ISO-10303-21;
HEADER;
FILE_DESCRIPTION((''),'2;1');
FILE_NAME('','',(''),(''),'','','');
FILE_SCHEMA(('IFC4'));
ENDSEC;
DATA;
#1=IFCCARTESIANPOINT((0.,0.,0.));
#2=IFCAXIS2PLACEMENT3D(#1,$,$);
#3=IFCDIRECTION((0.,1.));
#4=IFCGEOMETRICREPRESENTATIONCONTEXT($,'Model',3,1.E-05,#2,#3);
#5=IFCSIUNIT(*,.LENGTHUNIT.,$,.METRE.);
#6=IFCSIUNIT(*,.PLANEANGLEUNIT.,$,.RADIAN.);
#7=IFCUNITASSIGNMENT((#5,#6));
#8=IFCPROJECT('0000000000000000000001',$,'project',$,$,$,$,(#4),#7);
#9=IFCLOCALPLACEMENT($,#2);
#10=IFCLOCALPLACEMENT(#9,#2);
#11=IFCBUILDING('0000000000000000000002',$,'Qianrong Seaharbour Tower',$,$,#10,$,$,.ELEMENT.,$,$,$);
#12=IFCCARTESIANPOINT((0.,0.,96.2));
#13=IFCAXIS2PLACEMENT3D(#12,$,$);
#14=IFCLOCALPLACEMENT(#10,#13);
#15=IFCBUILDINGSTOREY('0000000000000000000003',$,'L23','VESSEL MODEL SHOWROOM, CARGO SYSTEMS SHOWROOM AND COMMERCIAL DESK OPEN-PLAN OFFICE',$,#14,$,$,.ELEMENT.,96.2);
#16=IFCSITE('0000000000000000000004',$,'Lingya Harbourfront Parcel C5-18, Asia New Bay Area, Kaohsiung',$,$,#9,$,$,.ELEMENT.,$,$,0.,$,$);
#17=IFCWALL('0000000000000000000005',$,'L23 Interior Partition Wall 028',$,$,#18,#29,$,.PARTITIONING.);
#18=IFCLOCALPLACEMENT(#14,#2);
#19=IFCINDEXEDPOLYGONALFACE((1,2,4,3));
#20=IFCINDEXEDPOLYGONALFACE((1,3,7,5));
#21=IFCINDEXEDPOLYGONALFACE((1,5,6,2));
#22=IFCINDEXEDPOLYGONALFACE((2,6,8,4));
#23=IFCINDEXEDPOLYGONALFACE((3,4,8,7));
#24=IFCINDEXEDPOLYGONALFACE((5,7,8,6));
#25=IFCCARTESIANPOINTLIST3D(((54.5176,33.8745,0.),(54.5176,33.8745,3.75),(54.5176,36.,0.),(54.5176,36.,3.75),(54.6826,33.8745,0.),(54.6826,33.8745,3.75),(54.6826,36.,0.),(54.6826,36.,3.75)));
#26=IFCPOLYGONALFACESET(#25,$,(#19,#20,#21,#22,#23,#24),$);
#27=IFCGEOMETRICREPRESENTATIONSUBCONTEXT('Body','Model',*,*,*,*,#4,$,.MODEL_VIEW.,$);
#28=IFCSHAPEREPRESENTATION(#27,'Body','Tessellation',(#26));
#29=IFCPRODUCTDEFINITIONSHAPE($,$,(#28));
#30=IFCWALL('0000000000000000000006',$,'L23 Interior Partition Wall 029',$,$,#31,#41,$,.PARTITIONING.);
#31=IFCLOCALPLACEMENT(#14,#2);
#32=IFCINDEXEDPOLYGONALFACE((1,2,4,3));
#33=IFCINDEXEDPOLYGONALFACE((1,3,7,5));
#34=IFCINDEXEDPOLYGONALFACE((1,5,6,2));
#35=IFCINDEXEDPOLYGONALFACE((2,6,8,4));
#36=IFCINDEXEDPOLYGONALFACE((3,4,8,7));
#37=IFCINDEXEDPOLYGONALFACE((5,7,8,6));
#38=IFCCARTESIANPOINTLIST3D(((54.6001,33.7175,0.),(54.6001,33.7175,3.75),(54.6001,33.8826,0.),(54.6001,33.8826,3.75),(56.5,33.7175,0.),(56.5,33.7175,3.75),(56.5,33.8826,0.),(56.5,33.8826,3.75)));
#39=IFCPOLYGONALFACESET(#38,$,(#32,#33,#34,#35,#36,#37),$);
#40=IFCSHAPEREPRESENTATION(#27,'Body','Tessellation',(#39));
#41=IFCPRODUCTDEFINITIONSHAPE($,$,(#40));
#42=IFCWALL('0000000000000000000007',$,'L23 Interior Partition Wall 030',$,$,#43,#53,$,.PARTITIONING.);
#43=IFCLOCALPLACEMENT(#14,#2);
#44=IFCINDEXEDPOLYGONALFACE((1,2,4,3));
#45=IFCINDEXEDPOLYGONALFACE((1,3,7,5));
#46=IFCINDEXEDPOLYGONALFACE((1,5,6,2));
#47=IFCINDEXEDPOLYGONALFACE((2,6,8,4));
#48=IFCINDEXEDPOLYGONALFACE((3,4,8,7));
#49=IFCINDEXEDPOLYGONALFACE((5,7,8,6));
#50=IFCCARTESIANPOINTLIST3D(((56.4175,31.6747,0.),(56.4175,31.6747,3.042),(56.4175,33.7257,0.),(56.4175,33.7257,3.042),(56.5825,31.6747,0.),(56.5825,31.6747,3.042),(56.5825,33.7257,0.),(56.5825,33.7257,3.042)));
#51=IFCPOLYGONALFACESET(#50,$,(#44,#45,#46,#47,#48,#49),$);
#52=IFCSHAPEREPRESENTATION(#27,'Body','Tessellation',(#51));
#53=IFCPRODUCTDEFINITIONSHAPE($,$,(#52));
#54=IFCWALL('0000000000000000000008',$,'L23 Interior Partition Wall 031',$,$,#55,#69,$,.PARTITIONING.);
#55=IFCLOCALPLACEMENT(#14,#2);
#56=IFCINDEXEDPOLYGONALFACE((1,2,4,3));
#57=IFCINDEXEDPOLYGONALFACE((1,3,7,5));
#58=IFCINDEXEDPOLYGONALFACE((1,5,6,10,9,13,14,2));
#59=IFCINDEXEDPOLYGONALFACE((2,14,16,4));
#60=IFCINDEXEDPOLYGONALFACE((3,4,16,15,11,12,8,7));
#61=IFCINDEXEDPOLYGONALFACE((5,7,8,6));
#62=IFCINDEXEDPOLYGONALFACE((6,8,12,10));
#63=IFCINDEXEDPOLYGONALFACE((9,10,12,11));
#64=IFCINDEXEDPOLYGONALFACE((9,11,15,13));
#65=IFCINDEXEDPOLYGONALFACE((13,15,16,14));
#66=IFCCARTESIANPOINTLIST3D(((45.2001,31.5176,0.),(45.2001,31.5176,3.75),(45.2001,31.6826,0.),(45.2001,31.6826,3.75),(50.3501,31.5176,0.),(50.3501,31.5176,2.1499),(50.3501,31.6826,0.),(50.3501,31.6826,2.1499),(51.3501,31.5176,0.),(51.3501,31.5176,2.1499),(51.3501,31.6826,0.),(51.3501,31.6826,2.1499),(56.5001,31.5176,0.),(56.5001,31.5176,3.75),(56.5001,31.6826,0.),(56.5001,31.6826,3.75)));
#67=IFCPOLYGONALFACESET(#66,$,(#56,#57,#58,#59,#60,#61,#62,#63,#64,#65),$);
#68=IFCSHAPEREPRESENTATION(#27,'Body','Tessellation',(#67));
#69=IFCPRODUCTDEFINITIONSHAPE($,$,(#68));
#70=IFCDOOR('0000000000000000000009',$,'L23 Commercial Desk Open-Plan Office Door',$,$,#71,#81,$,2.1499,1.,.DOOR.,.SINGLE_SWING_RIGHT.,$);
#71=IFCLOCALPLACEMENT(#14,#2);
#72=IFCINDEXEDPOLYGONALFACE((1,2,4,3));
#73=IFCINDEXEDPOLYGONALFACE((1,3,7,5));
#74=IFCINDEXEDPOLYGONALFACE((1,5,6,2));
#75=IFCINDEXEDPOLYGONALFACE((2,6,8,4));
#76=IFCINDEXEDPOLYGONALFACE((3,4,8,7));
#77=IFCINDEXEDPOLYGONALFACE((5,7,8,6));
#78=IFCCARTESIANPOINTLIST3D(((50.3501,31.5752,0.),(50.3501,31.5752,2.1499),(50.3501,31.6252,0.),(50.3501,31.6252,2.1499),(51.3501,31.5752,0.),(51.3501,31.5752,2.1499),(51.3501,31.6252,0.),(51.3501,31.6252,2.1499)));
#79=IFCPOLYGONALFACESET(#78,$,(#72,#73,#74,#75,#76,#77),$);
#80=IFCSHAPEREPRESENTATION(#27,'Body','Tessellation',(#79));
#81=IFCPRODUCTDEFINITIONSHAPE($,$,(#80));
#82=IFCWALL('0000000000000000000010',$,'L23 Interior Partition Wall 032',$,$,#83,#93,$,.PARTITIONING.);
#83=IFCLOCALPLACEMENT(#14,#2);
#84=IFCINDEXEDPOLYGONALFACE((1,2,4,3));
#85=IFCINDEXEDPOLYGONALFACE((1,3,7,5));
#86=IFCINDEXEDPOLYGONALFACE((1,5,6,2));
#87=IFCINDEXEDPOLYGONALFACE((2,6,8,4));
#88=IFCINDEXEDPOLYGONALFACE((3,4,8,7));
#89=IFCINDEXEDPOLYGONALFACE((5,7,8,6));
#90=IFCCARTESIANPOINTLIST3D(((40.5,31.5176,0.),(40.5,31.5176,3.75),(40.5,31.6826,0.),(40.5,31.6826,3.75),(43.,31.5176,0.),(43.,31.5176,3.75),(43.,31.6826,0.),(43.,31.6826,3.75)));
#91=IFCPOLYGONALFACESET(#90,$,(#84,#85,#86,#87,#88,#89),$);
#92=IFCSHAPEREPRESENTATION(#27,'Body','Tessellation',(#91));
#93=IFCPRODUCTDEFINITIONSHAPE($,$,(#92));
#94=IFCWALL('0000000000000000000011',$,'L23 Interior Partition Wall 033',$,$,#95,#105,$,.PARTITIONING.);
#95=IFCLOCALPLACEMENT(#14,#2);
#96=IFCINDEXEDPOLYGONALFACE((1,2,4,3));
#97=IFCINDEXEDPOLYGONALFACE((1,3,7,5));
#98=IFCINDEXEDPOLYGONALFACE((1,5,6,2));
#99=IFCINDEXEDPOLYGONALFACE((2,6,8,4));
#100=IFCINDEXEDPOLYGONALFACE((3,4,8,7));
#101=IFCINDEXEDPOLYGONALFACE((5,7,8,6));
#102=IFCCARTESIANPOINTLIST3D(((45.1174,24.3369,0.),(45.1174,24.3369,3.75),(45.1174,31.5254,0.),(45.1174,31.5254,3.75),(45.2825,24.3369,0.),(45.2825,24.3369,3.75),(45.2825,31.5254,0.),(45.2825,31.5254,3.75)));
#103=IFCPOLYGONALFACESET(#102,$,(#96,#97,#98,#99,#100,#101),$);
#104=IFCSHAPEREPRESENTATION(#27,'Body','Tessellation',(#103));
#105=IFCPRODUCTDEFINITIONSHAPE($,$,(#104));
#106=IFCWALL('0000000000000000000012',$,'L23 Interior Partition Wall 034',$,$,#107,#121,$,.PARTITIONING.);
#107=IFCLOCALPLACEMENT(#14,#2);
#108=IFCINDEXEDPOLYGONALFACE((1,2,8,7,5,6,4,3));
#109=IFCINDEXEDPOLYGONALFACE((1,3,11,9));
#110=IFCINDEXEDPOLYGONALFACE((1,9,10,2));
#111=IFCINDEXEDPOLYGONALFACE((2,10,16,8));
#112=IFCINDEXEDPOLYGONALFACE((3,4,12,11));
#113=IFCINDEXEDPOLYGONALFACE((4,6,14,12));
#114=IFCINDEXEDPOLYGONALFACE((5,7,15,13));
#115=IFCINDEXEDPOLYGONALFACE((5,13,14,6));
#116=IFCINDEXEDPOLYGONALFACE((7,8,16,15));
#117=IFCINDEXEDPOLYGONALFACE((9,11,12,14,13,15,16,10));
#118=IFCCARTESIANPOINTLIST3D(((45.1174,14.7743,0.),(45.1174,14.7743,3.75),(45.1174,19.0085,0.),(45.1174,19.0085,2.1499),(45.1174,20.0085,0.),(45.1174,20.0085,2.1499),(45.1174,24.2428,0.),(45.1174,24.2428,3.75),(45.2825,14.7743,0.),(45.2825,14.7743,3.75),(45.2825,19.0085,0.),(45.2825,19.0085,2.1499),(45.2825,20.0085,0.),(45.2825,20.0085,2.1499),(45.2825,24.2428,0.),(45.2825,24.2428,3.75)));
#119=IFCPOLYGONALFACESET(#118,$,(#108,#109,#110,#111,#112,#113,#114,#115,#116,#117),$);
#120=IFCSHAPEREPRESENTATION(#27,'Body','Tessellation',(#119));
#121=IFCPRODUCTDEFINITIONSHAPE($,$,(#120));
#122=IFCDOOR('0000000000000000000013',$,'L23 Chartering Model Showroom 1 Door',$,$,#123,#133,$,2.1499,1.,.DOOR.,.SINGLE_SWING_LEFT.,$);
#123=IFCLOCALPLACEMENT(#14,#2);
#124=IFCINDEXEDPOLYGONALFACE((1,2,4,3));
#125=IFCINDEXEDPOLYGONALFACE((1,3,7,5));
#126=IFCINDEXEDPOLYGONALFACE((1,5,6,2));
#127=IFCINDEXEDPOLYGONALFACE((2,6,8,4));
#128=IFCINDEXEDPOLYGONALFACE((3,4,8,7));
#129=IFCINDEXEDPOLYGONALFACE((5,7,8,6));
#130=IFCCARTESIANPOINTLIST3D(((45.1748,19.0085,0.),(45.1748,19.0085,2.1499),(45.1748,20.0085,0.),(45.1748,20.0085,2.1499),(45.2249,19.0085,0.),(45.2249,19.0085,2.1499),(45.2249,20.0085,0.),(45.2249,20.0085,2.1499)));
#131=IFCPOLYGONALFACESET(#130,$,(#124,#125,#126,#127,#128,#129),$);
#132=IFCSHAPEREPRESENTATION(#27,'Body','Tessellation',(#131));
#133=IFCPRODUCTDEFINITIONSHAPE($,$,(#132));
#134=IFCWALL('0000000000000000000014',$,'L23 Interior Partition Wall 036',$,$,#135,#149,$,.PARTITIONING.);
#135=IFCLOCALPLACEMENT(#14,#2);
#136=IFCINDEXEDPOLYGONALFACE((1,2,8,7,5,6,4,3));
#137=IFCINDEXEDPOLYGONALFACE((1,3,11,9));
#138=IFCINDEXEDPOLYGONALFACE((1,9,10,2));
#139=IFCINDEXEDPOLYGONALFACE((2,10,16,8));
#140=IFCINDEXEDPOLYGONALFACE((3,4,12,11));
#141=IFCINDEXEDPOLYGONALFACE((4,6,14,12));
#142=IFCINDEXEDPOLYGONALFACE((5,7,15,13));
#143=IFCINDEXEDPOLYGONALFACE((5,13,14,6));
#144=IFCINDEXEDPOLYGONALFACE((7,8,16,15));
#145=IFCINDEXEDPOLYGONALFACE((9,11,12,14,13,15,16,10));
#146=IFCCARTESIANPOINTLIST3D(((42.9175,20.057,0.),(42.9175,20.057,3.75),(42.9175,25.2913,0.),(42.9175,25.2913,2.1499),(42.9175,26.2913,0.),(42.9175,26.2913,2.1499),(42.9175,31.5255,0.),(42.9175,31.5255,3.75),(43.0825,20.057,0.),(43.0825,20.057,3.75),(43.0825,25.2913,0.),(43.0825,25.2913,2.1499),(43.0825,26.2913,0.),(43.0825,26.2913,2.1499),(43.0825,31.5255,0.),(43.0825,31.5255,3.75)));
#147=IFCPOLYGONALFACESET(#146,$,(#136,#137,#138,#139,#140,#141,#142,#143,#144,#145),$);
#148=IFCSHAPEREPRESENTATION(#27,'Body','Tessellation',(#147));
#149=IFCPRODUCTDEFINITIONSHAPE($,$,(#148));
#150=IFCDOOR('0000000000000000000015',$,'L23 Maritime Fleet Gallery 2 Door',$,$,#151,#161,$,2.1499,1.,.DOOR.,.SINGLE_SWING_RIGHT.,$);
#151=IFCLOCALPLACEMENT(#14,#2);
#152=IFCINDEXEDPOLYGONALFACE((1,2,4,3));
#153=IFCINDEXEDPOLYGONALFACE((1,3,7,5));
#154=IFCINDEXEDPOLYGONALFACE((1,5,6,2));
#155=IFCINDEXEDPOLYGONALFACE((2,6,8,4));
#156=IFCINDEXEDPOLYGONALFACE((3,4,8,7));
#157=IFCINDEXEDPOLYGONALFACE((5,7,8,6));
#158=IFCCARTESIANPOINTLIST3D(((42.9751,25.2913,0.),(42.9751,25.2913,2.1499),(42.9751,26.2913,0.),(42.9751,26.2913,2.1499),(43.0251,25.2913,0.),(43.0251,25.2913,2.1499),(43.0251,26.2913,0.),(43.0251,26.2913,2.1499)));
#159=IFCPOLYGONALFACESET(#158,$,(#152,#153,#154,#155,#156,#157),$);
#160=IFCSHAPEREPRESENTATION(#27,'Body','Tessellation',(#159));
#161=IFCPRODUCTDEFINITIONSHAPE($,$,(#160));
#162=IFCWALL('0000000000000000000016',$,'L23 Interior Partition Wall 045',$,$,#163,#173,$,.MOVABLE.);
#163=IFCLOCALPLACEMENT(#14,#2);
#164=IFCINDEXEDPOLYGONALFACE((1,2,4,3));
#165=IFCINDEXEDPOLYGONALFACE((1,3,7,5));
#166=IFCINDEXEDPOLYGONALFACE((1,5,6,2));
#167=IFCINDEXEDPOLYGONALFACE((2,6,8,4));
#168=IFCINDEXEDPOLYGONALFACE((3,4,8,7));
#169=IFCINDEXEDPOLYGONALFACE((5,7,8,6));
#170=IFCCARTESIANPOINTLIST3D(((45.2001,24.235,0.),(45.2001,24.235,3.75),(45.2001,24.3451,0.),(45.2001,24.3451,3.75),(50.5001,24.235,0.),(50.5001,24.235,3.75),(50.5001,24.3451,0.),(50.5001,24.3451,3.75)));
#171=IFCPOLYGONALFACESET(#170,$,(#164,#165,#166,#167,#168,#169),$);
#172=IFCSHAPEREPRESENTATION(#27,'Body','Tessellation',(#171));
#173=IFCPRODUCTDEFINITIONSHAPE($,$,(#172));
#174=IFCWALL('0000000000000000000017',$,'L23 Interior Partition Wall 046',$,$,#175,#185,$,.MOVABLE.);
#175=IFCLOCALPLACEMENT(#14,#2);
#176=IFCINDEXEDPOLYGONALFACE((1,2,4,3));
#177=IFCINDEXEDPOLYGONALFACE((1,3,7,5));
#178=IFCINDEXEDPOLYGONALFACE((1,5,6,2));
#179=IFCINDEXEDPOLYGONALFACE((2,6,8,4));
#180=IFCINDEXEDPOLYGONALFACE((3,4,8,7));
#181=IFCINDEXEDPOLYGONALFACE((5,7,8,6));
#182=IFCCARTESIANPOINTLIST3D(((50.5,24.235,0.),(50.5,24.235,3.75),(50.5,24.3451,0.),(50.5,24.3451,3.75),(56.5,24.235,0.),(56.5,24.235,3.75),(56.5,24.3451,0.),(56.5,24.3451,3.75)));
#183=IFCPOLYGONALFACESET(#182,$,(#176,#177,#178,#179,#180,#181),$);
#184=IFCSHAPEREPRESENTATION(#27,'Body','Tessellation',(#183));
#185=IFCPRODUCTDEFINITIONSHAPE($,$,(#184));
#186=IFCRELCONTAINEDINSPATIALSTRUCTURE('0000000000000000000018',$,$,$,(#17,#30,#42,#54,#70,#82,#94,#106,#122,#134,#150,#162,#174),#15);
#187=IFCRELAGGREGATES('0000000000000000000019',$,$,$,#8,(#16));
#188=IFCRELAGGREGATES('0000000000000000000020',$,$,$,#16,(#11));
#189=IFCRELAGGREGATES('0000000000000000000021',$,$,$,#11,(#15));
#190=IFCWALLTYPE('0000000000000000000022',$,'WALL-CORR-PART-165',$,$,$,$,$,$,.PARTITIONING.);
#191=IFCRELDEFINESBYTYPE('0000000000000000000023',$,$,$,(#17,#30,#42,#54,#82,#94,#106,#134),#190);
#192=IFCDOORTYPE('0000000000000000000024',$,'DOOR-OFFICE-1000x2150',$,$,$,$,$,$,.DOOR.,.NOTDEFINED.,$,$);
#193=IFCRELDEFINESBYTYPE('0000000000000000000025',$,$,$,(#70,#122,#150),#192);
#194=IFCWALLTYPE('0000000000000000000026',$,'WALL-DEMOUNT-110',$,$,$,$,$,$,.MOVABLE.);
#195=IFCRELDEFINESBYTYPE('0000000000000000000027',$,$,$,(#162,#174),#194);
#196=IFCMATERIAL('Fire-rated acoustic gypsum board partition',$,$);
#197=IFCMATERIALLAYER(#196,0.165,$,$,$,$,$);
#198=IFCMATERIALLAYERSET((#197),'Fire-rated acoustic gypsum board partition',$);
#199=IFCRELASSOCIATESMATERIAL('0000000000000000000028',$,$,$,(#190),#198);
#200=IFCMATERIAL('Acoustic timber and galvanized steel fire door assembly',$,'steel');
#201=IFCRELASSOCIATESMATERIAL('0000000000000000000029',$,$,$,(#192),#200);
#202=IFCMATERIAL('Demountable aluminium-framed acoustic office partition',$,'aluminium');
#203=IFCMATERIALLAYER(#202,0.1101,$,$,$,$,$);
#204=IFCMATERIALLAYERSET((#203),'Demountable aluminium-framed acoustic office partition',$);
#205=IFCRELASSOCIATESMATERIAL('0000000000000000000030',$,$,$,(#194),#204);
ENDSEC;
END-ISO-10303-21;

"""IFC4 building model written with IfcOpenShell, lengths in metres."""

from ifc_helpers import new_model, si_unit, direction, frame, frame_2d, origin, place, context, subcontext, project, spatial, rectangle, extrude, material, layer, layer_set, type_object, element, fill, save


model = new_model("IFC4")

# Units and contexts
model_context = context("Model", 3, precision=1e-05, world=origin(), true_north=direction((0.0, 1.0)))
body_context = subcontext(model_context, "Body", "Model", "MODEL_VIEW")
ifc_project = project(units=[si_unit("LENGTHUNIT", "METRE"), si_unit("PLANEANGLEUNIT", "RADIAN")], contexts=[model_context])

# Site, building, storey
site_placement = place(None, origin())
site = spatial("IfcSite", under=ifc_project, at=site_placement, Name="Lingya Harbourfront Parcel C5-18, Asia New Bay Area, Kaohsiung", CompositionType="ELEMENT", RefElevation=0.0)
building_placement = place(site_placement, origin())
building = spatial("IfcBuilding", under=site, at=building_placement, Name="Qianrong Seaharbour Tower", CompositionType="ELEMENT")
storey_placement = place(building_placement, frame((0.0, 0.0, 96.2)))
storey = spatial("IfcBuildingStorey", under=building, at=storey_placement, Name="L23", Description="VESSEL MODEL SHOWROOM, CARGO SYSTEMS SHOWROOM AND COMMERCIAL DESK OPEN-PLAN OFFICE", CompositionType="ELEMENT", Elevation=96.2)

# Walls
ifc_material_1 = material(Name="Fire-rated acoustic gypsum board partition")
ifc_layer_1 = layer(ifc_material_1, 0.165)
ifc_layer_set_1 = layer_set([ifc_layer_1], Name="Fire-rated acoustic gypsum board partition")
wall_type_1 = type_object("IfcWallType", Name="WALL-CORR-PART-165", PredefinedType="PARTITIONING", material=ifc_layer_set_1)
wall_1_placement = place(storey_placement, frame((54.6001, 36.0, 0.0), z_axis=(0.0, 0.0, 1.0), x_axis=(0.0, -1.0, 0.0)))
element("IfcWall", 1, at=wall_1_placement, inside=storey, type_object=wall_type_1, Name="L23 Interior Partition Wall 028", PredefinedType="PARTITIONING", context=body_context, shape_type="SweptSolid", body=[
    extrude(rectangle(XDim=2.1255, YDim=0.165, at=frame_2d((1.0627, 0.0))), origin(), (0.0, 0.0, 1.0), 3.75),
])
wall_2_placement = place(storey_placement, frame((54.6001, 33.8, 0.0), z_axis=(0.0, 0.0, 1.0), x_axis=(1.0, 0.0, 0.0)))
element("IfcWall", 2, at=wall_2_placement, inside=storey, type_object=wall_type_1, Name="L23 Interior Partition Wall 029", PredefinedType="PARTITIONING", context=body_context, shape_type="SweptSolid", body=[
    extrude(rectangle(XDim=1.8999, YDim=0.165, at=frame_2d((0.95, 0.0))), origin(), (0.0, 0.0, 1.0), 3.75),
])
wall_3_placement = place(storey_placement, frame((56.5, 33.7256, 0.0), z_axis=(0.0, 0.0, 1.0), x_axis=(0.0, -1.0, 0.0)))
element("IfcWall", 3, at=wall_3_placement, inside=storey, type_object=wall_type_1, Name="L23 Interior Partition Wall 030", PredefinedType="PARTITIONING", context=body_context, shape_type="SweptSolid", body=[
    extrude(rectangle(XDim=2.051, YDim=0.165, at=frame_2d((1.0254, 0.0))), origin(), (0.0, 0.0, 1.0), 3.042),
])

# Wall, opening, door
wall_4_placement = place(storey_placement, frame((56.5, 31.6001, 0.0), z_axis=(0.0, 0.0, 1.0), x_axis=(-1.0, 0.0, 0.0)))
wall_4 = element("IfcWall", 4, at=wall_4_placement, inside=storey, type_object=wall_type_1, Name="L23 Interior Partition Wall 031", PredefinedType="PARTITIONING", context=body_context, shape_type="SweptSolid", body=[
    extrude(rectangle(XDim=11.3, YDim=0.165, at=frame_2d((5.6499, 0.0))), origin(), (0.0, 0.0, 1.0), 3.75),
])
opening_1_placement = place(wall_4_placement, frame((5.1499, 0.0, 0.0)))
opening_1 = element("IfcOpeningElement", 5, at=opening_1_placement, cuts=wall_4, PredefinedType="OPENING", context=body_context, shape_type="SweptSolid", body=[
    extrude(rectangle(XDim=1.0, YDim=2.1499, at=frame_2d((0.5, 1.075))), frame((0.0, 0.0925, 0.0), z_axis=(0.0, -1.0, 0.0), x_axis=(1.0, 0.0, 0.0)), (0.0, 0.0, 1.0), 0.1851),
])
ifc_material_2 = material(Name="Acoustic timber and galvanized steel fire door assembly", Category="steel")
door_type = type_object("IfcDoorType", Name="DOOR-OFFICE-1000x2150", OperationType="NOTDEFINED", PredefinedType="DOOR", material=ifc_material_2)
door_1_placement = place(opening_1_placement, origin())
door_1 = element("IfcDoor", 6, at=door_1_placement, inside=storey, type_object=door_type, Name="L23 Commercial Desk Open-Plan Office Door", OperationType="SINGLE_SWING_RIGHT", OverallHeight=2.1499, OverallWidth=1.0, PredefinedType="DOOR", context=body_context, shape_type="SweptSolid", body=[
    extrude(rectangle(XDim=1.0, YDim=2.1499, at=frame_2d((0.5, 1.075))), frame((0.0, 0.0249, 0.0), z_axis=(0.0, -1.0, 0.0), x_axis=(1.0, 0.0, 0.0)), (0.0, 0.0, 1.0), 0.05),
])
fill(opening_1, door_1)

# Walls
wall_5_placement = place(storey_placement, frame((43.0, 31.6001, 0.0), z_axis=(0.0, 0.0, 1.0), x_axis=(-1.0, 0.0, 0.0)))
element("IfcWall", 7, at=wall_5_placement, inside=storey, type_object=wall_type_1, Name="L23 Interior Partition Wall 032", PredefinedType="PARTITIONING", context=body_context, shape_type="SweptSolid", body=[
    extrude(rectangle(XDim=2.5, YDim=0.165, at=frame_2d((1.25, 0.0))), origin(), (0.0, 0.0, 1.0), 3.75),
])
wall_6_placement = place(storey_placement, frame((45.2, 31.5254, 0.0), z_axis=(0.0, 0.0, 1.0), x_axis=(0.0, -1.0, 0.0)))
element("IfcWall", 8, at=wall_6_placement, inside=storey, type_object=wall_type_1, Name="L23 Interior Partition Wall 033", PredefinedType="PARTITIONING", context=body_context, shape_type="SweptSolid", body=[
    extrude(rectangle(XDim=7.1885, YDim=0.165, at=frame_2d((3.5942, 0.0))), origin(), (0.0, 0.0, 1.0), 3.75),
])

# Walls, openings, doors
wall_7_placement = place(storey_placement, frame((45.2, 24.2429, 0.0), z_axis=(0.0, 0.0, 1.0), x_axis=(0.0, -1.0, 0.0)))
wall_7 = element("IfcWall", 9, at=wall_7_placement, inside=storey, type_object=wall_type_1, Name="L23 Interior Partition Wall 034", PredefinedType="PARTITIONING", context=body_context, shape_type="SweptSolid", body=[
    extrude(rectangle(XDim=9.4685, YDim=0.165, at=frame_2d((4.7344, 0.0))), origin(), (0.0, 0.0, 1.0), 3.75),
])
opening_2_placement = place(wall_7_placement, frame((4.2344, 0.0, 0.0)))
opening_2 = element("IfcOpeningElement", 10, at=opening_2_placement, cuts=wall_7, PredefinedType="OPENING", context=body_context, shape_type="SweptSolid", body=[
    extrude(rectangle(XDim=1.0, YDim=2.1499, at=frame_2d((0.5, 1.075))), frame((0.0, 0.0925, 0.0), z_axis=(0.0, -1.0, 0.0), x_axis=(1.0, 0.0, 0.0)), (0.0, 0.0, 1.0), 0.1851),
])
door_2_placement = place(opening_2_placement, origin())
door_2 = element("IfcDoor", 11, at=door_2_placement, inside=storey, type_object=door_type, Name="L23 Chartering Model Showroom 1 Door", OperationType="SINGLE_SWING_LEFT", OverallHeight=2.1499, OverallWidth=1.0, PredefinedType="DOOR", context=body_context, shape_type="SweptSolid", body=[
    extrude(rectangle(XDim=1.0, YDim=2.1499, at=frame_2d((0.5, 1.075))), frame((0.0, 0.0249, 0.0), z_axis=(0.0, -1.0, 0.0), x_axis=(1.0, 0.0, 0.0)), (0.0, 0.0, 1.0), 0.05),
])
fill(opening_2, door_2)
wall_8_placement = place(storey_placement, frame((43.0, 20.0569, 0.0), z_axis=(0.0, 0.0, 1.0), x_axis=(0.0, 1.0, 0.0)))
wall_8 = element("IfcWall", 12, at=wall_8_placement, inside=storey, type_object=wall_type_1, Name="L23 Interior Partition Wall 036", PredefinedType="PARTITIONING", context=body_context, shape_type="SweptSolid", body=[
    extrude(rectangle(XDim=11.4685, YDim=0.165, at=frame_2d((5.7344, 0.0))), origin(), (0.0, 0.0, 1.0), 3.75),
])
opening_3_placement = place(wall_8_placement, frame((5.2344, 0.0, 0.0)))
opening_3 = element("IfcOpeningElement", 13, at=opening_3_placement, cuts=wall_8, PredefinedType="OPENING", context=body_context, shape_type="SweptSolid", body=[
    extrude(rectangle(XDim=1.0, YDim=2.1499, at=frame_2d((0.5, 1.075))), frame((0.0, 0.0925, 0.0), z_axis=(0.0, -1.0, 0.0), x_axis=(1.0, 0.0, 0.0)), (0.0, 0.0, 1.0), 0.1851),
])
door_3_placement = place(opening_3_placement, origin())
door_3 = element("IfcDoor", 14, at=door_3_placement, inside=storey, type_object=door_type, Name="L23 Maritime Fleet Gallery 2 Door", OperationType="SINGLE_SWING_RIGHT", OverallHeight=2.1499, OverallWidth=1.0, PredefinedType="DOOR", context=body_context, shape_type="SweptSolid", body=[
    extrude(rectangle(XDim=1.0, YDim=2.1499, at=frame_2d((0.5, 1.075))), frame((0.0, 0.0249, 0.0), z_axis=(0.0, -1.0, 0.0), x_axis=(1.0, 0.0, 0.0)), (0.0, 0.0, 1.0), 0.05),
])
fill(opening_3, door_3)

# Walls
ifc_material_3 = material(Name="Demountable aluminium-framed acoustic office partition", Category="aluminium")
ifc_layer_2 = layer(ifc_material_3, 0.1101)
ifc_layer_set_2 = layer_set([ifc_layer_2], Name="Demountable aluminium-framed acoustic office partition")
wall_type_2 = type_object("IfcWallType", Name="WALL-DEMOUNT-110", PredefinedType="MOVABLE", material=ifc_layer_set_2)
wall_9_placement = place(storey_placement, frame((50.5, 24.29, 0.0), z_axis=(0.0, 0.0, 1.0), x_axis=(-1.0, 0.0, 0.0)))
element("IfcWall", 15, at=wall_9_placement, inside=storey, type_object=wall_type_2, Name="L23 Interior Partition Wall 045", PredefinedType="MOVABLE", context=body_context, shape_type="SweptSolid", body=[
    extrude(rectangle(XDim=5.3, YDim=0.1101, at=frame_2d((2.6499, 0.0))), origin(), (0.0, 0.0, 1.0), 3.75),
])
wall_10_placement = place(storey_placement, frame((56.5, 24.29, 0.0), z_axis=(0.0, 0.0, 1.0), x_axis=(-1.0, 0.0, 0.0)))
element("IfcWall", 16, at=wall_10_placement, inside=storey, type_object=wall_type_2, Name="L23 Interior Partition Wall 046", PredefinedType="MOVABLE", context=body_context, shape_type="SweptSolid", body=[
    extrude(rectangle(XDim=6.0, YDim=0.1101, at=frame_2d((3.0, 0.0))), origin(), (0.0, 0.0, 1.0), 3.75),
])

save(model, "model.ifc")
